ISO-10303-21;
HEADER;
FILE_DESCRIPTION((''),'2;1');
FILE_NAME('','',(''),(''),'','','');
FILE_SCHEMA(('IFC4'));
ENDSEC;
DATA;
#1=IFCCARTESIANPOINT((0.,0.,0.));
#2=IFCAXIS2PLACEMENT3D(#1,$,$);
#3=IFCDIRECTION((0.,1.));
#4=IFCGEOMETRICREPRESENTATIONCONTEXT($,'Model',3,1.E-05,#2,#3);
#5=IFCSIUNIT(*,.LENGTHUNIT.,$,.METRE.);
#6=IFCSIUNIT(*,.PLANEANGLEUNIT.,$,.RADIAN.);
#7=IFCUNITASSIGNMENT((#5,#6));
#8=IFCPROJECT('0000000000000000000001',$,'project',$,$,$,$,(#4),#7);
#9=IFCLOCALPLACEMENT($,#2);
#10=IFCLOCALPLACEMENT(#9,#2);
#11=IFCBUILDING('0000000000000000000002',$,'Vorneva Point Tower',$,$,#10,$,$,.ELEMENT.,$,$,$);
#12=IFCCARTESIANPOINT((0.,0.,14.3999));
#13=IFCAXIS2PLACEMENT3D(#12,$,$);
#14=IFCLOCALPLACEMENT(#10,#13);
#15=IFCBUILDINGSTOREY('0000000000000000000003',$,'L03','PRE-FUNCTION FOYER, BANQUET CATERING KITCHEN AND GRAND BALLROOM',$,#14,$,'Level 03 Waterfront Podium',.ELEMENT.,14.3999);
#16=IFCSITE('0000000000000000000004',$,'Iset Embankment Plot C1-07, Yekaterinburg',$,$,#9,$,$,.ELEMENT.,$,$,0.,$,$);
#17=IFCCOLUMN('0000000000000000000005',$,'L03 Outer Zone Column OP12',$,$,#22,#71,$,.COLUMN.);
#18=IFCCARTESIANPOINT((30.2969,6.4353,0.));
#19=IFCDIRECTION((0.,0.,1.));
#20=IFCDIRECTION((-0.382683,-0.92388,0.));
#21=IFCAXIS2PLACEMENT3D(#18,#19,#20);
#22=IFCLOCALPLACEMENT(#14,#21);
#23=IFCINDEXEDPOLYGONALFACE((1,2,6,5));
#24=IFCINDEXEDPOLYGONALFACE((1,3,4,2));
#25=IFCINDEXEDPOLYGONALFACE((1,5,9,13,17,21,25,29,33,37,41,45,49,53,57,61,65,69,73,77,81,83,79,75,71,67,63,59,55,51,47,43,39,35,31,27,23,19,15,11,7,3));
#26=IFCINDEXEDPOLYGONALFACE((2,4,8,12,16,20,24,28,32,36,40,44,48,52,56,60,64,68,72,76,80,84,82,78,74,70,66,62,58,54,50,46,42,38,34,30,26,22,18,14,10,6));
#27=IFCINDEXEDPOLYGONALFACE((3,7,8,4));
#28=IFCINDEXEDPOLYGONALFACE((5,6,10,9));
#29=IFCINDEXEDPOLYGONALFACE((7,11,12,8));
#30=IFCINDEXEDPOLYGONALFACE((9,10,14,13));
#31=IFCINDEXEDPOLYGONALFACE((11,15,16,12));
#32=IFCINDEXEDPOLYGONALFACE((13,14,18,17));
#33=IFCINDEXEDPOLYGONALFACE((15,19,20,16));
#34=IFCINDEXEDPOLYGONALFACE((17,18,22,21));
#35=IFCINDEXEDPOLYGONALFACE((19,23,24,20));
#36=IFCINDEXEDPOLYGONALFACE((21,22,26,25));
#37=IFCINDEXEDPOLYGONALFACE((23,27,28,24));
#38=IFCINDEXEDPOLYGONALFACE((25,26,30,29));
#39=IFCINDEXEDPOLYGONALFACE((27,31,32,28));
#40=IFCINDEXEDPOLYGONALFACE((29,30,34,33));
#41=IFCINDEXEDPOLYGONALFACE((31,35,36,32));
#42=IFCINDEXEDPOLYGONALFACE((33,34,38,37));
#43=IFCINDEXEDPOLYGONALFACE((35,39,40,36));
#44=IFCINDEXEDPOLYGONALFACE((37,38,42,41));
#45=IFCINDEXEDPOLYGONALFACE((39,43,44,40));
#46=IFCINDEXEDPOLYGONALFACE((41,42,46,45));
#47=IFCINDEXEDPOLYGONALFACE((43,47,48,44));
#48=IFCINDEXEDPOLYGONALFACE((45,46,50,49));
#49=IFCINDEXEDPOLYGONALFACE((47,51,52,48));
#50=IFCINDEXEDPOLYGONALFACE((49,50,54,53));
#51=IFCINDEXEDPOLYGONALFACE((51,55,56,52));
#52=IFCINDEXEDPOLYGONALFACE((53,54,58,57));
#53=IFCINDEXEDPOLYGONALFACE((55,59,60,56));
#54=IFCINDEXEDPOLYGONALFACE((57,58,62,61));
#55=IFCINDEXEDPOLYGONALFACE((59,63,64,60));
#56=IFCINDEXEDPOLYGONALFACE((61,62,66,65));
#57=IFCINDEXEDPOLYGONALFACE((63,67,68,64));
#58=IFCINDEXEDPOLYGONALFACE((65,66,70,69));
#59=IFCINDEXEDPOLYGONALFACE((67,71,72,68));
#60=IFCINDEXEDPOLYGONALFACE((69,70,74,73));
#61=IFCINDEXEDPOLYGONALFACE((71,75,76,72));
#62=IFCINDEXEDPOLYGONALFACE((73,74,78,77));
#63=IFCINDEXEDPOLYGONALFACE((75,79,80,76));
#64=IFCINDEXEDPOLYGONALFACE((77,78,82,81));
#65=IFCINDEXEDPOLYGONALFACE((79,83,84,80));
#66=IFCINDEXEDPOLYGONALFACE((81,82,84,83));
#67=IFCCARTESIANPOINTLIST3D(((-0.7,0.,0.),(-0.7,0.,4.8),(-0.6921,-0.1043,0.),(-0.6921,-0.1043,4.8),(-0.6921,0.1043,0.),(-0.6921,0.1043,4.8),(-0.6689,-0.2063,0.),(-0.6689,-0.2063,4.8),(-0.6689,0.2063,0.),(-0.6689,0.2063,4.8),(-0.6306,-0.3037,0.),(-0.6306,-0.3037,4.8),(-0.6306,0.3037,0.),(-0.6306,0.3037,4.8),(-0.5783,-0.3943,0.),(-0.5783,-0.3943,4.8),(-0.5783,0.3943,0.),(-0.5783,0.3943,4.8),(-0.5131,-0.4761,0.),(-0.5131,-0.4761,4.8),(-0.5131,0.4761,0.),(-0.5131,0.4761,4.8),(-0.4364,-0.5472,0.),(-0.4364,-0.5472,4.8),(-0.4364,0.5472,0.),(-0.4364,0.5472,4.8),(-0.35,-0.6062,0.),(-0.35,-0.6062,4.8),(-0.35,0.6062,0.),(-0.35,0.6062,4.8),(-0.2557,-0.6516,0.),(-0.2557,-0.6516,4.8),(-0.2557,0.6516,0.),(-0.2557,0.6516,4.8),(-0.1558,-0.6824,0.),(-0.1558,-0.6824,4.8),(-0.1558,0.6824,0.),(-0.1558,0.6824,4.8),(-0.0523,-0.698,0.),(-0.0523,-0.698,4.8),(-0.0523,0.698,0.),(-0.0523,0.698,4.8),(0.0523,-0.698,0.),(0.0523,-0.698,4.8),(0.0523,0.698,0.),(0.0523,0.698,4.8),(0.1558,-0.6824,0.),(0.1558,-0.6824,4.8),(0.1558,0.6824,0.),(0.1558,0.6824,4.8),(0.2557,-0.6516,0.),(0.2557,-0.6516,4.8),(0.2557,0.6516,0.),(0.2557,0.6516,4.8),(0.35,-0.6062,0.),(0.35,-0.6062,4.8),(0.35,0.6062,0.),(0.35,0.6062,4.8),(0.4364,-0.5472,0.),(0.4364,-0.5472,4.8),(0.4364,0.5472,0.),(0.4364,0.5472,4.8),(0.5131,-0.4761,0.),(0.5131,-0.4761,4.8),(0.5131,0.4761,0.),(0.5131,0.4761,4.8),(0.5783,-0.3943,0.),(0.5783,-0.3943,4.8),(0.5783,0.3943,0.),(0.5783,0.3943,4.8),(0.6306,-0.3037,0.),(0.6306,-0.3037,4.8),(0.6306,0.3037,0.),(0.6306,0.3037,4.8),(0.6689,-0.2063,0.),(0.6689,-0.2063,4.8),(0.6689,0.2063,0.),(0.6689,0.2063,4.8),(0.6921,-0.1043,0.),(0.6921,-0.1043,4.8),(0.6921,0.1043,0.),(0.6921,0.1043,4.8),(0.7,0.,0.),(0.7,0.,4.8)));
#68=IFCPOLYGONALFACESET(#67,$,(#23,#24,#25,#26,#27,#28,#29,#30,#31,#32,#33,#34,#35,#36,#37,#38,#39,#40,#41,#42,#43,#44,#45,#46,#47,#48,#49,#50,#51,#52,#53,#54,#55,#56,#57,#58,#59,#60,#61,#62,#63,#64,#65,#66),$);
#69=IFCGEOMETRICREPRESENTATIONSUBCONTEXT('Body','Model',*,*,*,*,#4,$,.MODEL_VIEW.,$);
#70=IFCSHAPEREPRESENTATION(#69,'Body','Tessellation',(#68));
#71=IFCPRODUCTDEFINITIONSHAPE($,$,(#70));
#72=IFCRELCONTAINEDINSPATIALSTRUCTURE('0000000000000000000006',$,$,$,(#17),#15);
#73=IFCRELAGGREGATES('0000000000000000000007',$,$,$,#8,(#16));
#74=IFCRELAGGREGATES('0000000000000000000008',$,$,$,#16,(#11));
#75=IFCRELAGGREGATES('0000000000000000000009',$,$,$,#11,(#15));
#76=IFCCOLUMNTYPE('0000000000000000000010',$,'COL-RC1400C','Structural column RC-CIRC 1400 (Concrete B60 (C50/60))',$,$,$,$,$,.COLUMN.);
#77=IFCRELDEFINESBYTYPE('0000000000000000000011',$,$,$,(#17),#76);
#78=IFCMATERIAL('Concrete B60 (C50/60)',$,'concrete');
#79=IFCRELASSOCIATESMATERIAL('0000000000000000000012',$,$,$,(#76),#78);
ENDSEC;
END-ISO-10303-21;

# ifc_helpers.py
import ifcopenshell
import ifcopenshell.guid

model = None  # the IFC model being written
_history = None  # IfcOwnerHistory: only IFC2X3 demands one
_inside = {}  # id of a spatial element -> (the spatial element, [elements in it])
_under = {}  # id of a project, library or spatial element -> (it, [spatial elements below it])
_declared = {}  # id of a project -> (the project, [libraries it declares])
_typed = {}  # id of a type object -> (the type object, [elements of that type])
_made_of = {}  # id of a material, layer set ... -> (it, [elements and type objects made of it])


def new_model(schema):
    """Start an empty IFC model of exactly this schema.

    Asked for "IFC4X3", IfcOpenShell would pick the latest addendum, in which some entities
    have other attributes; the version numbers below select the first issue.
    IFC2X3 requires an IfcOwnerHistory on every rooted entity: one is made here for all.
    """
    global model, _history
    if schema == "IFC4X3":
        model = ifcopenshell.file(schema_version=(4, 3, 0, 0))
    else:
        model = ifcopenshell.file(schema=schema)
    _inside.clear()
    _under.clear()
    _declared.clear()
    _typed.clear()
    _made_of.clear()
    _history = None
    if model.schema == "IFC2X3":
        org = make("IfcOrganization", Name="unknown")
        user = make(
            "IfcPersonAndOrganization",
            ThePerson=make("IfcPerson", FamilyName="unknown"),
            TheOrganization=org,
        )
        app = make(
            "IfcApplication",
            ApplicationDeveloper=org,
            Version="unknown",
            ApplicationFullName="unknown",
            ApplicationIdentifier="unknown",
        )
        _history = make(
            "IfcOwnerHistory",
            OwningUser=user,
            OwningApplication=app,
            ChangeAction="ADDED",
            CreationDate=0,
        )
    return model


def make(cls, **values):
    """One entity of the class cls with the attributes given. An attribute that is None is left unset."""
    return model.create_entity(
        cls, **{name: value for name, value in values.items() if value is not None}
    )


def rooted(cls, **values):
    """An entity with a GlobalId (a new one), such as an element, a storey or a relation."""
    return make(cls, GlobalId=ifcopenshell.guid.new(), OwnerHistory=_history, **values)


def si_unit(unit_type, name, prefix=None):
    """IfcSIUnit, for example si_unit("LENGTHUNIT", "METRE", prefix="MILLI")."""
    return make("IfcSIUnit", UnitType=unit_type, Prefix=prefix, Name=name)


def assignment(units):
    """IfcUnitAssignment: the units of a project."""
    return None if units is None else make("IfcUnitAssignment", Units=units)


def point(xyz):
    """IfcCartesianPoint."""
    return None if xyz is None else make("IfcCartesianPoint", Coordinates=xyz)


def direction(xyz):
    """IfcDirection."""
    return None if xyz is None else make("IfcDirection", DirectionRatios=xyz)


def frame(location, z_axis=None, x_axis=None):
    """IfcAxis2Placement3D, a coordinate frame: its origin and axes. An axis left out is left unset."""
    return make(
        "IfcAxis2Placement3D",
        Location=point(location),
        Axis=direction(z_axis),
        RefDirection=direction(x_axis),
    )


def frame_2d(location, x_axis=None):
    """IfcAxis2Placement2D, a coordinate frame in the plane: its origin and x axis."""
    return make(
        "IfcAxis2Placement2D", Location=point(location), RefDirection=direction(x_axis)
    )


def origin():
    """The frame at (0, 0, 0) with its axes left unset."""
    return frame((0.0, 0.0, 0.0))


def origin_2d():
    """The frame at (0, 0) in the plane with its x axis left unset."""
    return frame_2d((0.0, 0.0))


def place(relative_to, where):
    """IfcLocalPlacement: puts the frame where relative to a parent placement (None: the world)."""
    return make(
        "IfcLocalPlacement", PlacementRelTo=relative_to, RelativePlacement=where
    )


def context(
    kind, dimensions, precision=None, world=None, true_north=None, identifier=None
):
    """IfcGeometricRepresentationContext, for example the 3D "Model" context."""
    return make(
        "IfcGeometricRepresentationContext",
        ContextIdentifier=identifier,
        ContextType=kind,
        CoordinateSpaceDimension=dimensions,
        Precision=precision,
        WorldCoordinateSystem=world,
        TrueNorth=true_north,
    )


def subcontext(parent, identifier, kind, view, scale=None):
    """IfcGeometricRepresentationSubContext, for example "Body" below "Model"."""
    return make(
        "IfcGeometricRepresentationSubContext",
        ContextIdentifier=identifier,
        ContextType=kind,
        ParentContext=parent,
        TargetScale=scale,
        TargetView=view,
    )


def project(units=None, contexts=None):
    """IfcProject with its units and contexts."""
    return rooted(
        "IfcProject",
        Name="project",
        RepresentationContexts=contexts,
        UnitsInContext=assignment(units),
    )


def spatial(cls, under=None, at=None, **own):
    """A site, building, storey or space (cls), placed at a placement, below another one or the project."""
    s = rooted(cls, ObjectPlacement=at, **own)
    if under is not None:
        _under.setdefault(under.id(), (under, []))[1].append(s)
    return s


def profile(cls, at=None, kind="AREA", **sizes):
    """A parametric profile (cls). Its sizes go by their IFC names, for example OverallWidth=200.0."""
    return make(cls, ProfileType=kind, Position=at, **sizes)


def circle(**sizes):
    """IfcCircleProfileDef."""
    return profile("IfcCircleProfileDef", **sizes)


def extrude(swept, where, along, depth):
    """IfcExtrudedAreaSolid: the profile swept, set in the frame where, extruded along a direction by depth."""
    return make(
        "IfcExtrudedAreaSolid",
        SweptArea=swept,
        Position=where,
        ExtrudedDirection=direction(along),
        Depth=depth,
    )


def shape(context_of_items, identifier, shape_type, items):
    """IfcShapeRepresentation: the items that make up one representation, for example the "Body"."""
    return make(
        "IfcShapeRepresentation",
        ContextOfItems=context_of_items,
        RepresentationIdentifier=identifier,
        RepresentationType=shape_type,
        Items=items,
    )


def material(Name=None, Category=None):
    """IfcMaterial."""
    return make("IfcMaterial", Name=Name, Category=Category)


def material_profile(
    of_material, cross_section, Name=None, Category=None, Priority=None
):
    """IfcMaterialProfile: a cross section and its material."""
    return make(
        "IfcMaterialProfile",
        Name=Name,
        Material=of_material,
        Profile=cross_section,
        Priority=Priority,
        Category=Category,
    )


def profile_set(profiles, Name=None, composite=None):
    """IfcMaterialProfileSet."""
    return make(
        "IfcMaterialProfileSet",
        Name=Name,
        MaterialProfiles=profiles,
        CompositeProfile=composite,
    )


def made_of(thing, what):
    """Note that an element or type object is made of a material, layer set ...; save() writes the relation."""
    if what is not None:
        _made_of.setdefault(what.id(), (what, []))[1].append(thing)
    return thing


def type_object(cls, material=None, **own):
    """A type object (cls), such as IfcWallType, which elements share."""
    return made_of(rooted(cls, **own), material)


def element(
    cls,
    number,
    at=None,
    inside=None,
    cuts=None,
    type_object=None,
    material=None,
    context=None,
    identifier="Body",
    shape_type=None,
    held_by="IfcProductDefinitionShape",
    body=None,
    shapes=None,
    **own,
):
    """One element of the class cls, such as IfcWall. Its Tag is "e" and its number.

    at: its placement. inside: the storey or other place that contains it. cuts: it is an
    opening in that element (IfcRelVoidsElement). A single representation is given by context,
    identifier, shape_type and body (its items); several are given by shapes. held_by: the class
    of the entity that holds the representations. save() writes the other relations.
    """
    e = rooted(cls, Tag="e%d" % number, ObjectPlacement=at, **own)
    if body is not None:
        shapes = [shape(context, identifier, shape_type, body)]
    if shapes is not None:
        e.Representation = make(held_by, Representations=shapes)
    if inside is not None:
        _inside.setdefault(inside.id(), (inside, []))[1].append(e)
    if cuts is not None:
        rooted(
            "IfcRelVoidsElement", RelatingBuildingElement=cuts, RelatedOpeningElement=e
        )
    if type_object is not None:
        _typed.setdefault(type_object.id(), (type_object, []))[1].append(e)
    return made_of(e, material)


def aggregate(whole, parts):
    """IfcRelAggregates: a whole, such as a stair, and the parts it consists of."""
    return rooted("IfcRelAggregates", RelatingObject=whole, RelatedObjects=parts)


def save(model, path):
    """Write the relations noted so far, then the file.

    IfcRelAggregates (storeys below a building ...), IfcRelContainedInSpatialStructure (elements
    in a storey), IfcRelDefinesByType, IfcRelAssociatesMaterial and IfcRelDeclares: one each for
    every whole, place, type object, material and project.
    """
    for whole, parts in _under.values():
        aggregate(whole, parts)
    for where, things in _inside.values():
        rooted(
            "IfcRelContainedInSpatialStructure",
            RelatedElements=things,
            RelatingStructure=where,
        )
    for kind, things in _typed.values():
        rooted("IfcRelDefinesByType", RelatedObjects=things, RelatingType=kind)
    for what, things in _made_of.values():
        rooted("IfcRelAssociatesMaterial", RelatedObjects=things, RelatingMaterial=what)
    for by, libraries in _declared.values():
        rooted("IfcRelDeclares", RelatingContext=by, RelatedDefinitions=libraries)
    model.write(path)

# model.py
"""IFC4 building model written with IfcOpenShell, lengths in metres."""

from ifc_helpers import new_model, si_unit, direction, frame, origin, origin_2d, place, context, subcontext, project, spatial, circle, extrude, material, material_profile, profile_set, type_object, element, save


model = new_model("IFC4")

# Units and contexts
model_context = context("Model", 3, precision=1e-05, world=origin(), true_north=direction((0.0, 1.0)))
body_context = subcontext(model_context, "Body", "Model", "MODEL_VIEW")
ifc_project = project(units=[si_unit("LENGTHUNIT", "METRE"), si_unit("PLANEANGLEUNIT", "RADIAN")], contexts=[model_context])

# Site, building, storey
site_placement = place(None, origin())
site = spatial("IfcSite", under=ifc_project, at=site_placement, Name="Iset Embankment Plot C1-07, Yekaterinburg", CompositionType="ELEMENT", RefElevation=0.0)
building_placement = place(site_placement, origin())
building = spatial("IfcBuilding", under=site, at=building_placement, Name="Vorneva Point Tower", CompositionType="ELEMENT")
storey_placement = place(building_placement, frame((0.0, 0.0, 14.3999)))
storey = spatial("IfcBuildingStorey", under=building, at=storey_placement, Name="L03", Description="PRE-FUNCTION FOYER, BANQUET CATERING KITCHEN AND GRAND BALLROOM", LongName="Level 03 Waterfront Podium", CompositionType="ELEMENT", Elevation=14.3999)

# Column
ifc_material_1 = material(Name="Concrete B60 (C50/60)", Category="concrete")
ifc_material_profile_1 = material_profile(ifc_material_1, circle(Radius=0.7, at=origin_2d()), Name="RC-CIRC 1400")
ifc_profile_set_1 = profile_set([ifc_material_profile_1], Name="Concrete B60 (C50/60)")
column_type_1 = type_object("IfcColumnType", Name="COL-RC1400C", Description="Structural column RC-CIRC 1400 (Concrete B60 (C50/60))", PredefinedType="COLUMN", material=ifc_profile_set_1)
for number, where, z_axis, x_axis, name in (
    (1, (30.2969, 6.4353, 0.0), (0.0, 0.0, 1.0), (-0.382683, -0.92388, 0.0), "L03 Outer Zone Column OP12"),
):
    element("IfcColumn", number, at=place(storey_placement, frame(where, z_axis=z_axis, x_axis=x_axis)), inside=storey, type_object=column_type_1, Name=name, PredefinedType="COLUMN", context=body_context, shape_type="SweptSolid", body=[
        extrude(circle(Radius=0.7, at=origin_2d()), origin(), (0.0, 0.0, 1.0), 4.8),
    ])

save(model, "model.ifc")
